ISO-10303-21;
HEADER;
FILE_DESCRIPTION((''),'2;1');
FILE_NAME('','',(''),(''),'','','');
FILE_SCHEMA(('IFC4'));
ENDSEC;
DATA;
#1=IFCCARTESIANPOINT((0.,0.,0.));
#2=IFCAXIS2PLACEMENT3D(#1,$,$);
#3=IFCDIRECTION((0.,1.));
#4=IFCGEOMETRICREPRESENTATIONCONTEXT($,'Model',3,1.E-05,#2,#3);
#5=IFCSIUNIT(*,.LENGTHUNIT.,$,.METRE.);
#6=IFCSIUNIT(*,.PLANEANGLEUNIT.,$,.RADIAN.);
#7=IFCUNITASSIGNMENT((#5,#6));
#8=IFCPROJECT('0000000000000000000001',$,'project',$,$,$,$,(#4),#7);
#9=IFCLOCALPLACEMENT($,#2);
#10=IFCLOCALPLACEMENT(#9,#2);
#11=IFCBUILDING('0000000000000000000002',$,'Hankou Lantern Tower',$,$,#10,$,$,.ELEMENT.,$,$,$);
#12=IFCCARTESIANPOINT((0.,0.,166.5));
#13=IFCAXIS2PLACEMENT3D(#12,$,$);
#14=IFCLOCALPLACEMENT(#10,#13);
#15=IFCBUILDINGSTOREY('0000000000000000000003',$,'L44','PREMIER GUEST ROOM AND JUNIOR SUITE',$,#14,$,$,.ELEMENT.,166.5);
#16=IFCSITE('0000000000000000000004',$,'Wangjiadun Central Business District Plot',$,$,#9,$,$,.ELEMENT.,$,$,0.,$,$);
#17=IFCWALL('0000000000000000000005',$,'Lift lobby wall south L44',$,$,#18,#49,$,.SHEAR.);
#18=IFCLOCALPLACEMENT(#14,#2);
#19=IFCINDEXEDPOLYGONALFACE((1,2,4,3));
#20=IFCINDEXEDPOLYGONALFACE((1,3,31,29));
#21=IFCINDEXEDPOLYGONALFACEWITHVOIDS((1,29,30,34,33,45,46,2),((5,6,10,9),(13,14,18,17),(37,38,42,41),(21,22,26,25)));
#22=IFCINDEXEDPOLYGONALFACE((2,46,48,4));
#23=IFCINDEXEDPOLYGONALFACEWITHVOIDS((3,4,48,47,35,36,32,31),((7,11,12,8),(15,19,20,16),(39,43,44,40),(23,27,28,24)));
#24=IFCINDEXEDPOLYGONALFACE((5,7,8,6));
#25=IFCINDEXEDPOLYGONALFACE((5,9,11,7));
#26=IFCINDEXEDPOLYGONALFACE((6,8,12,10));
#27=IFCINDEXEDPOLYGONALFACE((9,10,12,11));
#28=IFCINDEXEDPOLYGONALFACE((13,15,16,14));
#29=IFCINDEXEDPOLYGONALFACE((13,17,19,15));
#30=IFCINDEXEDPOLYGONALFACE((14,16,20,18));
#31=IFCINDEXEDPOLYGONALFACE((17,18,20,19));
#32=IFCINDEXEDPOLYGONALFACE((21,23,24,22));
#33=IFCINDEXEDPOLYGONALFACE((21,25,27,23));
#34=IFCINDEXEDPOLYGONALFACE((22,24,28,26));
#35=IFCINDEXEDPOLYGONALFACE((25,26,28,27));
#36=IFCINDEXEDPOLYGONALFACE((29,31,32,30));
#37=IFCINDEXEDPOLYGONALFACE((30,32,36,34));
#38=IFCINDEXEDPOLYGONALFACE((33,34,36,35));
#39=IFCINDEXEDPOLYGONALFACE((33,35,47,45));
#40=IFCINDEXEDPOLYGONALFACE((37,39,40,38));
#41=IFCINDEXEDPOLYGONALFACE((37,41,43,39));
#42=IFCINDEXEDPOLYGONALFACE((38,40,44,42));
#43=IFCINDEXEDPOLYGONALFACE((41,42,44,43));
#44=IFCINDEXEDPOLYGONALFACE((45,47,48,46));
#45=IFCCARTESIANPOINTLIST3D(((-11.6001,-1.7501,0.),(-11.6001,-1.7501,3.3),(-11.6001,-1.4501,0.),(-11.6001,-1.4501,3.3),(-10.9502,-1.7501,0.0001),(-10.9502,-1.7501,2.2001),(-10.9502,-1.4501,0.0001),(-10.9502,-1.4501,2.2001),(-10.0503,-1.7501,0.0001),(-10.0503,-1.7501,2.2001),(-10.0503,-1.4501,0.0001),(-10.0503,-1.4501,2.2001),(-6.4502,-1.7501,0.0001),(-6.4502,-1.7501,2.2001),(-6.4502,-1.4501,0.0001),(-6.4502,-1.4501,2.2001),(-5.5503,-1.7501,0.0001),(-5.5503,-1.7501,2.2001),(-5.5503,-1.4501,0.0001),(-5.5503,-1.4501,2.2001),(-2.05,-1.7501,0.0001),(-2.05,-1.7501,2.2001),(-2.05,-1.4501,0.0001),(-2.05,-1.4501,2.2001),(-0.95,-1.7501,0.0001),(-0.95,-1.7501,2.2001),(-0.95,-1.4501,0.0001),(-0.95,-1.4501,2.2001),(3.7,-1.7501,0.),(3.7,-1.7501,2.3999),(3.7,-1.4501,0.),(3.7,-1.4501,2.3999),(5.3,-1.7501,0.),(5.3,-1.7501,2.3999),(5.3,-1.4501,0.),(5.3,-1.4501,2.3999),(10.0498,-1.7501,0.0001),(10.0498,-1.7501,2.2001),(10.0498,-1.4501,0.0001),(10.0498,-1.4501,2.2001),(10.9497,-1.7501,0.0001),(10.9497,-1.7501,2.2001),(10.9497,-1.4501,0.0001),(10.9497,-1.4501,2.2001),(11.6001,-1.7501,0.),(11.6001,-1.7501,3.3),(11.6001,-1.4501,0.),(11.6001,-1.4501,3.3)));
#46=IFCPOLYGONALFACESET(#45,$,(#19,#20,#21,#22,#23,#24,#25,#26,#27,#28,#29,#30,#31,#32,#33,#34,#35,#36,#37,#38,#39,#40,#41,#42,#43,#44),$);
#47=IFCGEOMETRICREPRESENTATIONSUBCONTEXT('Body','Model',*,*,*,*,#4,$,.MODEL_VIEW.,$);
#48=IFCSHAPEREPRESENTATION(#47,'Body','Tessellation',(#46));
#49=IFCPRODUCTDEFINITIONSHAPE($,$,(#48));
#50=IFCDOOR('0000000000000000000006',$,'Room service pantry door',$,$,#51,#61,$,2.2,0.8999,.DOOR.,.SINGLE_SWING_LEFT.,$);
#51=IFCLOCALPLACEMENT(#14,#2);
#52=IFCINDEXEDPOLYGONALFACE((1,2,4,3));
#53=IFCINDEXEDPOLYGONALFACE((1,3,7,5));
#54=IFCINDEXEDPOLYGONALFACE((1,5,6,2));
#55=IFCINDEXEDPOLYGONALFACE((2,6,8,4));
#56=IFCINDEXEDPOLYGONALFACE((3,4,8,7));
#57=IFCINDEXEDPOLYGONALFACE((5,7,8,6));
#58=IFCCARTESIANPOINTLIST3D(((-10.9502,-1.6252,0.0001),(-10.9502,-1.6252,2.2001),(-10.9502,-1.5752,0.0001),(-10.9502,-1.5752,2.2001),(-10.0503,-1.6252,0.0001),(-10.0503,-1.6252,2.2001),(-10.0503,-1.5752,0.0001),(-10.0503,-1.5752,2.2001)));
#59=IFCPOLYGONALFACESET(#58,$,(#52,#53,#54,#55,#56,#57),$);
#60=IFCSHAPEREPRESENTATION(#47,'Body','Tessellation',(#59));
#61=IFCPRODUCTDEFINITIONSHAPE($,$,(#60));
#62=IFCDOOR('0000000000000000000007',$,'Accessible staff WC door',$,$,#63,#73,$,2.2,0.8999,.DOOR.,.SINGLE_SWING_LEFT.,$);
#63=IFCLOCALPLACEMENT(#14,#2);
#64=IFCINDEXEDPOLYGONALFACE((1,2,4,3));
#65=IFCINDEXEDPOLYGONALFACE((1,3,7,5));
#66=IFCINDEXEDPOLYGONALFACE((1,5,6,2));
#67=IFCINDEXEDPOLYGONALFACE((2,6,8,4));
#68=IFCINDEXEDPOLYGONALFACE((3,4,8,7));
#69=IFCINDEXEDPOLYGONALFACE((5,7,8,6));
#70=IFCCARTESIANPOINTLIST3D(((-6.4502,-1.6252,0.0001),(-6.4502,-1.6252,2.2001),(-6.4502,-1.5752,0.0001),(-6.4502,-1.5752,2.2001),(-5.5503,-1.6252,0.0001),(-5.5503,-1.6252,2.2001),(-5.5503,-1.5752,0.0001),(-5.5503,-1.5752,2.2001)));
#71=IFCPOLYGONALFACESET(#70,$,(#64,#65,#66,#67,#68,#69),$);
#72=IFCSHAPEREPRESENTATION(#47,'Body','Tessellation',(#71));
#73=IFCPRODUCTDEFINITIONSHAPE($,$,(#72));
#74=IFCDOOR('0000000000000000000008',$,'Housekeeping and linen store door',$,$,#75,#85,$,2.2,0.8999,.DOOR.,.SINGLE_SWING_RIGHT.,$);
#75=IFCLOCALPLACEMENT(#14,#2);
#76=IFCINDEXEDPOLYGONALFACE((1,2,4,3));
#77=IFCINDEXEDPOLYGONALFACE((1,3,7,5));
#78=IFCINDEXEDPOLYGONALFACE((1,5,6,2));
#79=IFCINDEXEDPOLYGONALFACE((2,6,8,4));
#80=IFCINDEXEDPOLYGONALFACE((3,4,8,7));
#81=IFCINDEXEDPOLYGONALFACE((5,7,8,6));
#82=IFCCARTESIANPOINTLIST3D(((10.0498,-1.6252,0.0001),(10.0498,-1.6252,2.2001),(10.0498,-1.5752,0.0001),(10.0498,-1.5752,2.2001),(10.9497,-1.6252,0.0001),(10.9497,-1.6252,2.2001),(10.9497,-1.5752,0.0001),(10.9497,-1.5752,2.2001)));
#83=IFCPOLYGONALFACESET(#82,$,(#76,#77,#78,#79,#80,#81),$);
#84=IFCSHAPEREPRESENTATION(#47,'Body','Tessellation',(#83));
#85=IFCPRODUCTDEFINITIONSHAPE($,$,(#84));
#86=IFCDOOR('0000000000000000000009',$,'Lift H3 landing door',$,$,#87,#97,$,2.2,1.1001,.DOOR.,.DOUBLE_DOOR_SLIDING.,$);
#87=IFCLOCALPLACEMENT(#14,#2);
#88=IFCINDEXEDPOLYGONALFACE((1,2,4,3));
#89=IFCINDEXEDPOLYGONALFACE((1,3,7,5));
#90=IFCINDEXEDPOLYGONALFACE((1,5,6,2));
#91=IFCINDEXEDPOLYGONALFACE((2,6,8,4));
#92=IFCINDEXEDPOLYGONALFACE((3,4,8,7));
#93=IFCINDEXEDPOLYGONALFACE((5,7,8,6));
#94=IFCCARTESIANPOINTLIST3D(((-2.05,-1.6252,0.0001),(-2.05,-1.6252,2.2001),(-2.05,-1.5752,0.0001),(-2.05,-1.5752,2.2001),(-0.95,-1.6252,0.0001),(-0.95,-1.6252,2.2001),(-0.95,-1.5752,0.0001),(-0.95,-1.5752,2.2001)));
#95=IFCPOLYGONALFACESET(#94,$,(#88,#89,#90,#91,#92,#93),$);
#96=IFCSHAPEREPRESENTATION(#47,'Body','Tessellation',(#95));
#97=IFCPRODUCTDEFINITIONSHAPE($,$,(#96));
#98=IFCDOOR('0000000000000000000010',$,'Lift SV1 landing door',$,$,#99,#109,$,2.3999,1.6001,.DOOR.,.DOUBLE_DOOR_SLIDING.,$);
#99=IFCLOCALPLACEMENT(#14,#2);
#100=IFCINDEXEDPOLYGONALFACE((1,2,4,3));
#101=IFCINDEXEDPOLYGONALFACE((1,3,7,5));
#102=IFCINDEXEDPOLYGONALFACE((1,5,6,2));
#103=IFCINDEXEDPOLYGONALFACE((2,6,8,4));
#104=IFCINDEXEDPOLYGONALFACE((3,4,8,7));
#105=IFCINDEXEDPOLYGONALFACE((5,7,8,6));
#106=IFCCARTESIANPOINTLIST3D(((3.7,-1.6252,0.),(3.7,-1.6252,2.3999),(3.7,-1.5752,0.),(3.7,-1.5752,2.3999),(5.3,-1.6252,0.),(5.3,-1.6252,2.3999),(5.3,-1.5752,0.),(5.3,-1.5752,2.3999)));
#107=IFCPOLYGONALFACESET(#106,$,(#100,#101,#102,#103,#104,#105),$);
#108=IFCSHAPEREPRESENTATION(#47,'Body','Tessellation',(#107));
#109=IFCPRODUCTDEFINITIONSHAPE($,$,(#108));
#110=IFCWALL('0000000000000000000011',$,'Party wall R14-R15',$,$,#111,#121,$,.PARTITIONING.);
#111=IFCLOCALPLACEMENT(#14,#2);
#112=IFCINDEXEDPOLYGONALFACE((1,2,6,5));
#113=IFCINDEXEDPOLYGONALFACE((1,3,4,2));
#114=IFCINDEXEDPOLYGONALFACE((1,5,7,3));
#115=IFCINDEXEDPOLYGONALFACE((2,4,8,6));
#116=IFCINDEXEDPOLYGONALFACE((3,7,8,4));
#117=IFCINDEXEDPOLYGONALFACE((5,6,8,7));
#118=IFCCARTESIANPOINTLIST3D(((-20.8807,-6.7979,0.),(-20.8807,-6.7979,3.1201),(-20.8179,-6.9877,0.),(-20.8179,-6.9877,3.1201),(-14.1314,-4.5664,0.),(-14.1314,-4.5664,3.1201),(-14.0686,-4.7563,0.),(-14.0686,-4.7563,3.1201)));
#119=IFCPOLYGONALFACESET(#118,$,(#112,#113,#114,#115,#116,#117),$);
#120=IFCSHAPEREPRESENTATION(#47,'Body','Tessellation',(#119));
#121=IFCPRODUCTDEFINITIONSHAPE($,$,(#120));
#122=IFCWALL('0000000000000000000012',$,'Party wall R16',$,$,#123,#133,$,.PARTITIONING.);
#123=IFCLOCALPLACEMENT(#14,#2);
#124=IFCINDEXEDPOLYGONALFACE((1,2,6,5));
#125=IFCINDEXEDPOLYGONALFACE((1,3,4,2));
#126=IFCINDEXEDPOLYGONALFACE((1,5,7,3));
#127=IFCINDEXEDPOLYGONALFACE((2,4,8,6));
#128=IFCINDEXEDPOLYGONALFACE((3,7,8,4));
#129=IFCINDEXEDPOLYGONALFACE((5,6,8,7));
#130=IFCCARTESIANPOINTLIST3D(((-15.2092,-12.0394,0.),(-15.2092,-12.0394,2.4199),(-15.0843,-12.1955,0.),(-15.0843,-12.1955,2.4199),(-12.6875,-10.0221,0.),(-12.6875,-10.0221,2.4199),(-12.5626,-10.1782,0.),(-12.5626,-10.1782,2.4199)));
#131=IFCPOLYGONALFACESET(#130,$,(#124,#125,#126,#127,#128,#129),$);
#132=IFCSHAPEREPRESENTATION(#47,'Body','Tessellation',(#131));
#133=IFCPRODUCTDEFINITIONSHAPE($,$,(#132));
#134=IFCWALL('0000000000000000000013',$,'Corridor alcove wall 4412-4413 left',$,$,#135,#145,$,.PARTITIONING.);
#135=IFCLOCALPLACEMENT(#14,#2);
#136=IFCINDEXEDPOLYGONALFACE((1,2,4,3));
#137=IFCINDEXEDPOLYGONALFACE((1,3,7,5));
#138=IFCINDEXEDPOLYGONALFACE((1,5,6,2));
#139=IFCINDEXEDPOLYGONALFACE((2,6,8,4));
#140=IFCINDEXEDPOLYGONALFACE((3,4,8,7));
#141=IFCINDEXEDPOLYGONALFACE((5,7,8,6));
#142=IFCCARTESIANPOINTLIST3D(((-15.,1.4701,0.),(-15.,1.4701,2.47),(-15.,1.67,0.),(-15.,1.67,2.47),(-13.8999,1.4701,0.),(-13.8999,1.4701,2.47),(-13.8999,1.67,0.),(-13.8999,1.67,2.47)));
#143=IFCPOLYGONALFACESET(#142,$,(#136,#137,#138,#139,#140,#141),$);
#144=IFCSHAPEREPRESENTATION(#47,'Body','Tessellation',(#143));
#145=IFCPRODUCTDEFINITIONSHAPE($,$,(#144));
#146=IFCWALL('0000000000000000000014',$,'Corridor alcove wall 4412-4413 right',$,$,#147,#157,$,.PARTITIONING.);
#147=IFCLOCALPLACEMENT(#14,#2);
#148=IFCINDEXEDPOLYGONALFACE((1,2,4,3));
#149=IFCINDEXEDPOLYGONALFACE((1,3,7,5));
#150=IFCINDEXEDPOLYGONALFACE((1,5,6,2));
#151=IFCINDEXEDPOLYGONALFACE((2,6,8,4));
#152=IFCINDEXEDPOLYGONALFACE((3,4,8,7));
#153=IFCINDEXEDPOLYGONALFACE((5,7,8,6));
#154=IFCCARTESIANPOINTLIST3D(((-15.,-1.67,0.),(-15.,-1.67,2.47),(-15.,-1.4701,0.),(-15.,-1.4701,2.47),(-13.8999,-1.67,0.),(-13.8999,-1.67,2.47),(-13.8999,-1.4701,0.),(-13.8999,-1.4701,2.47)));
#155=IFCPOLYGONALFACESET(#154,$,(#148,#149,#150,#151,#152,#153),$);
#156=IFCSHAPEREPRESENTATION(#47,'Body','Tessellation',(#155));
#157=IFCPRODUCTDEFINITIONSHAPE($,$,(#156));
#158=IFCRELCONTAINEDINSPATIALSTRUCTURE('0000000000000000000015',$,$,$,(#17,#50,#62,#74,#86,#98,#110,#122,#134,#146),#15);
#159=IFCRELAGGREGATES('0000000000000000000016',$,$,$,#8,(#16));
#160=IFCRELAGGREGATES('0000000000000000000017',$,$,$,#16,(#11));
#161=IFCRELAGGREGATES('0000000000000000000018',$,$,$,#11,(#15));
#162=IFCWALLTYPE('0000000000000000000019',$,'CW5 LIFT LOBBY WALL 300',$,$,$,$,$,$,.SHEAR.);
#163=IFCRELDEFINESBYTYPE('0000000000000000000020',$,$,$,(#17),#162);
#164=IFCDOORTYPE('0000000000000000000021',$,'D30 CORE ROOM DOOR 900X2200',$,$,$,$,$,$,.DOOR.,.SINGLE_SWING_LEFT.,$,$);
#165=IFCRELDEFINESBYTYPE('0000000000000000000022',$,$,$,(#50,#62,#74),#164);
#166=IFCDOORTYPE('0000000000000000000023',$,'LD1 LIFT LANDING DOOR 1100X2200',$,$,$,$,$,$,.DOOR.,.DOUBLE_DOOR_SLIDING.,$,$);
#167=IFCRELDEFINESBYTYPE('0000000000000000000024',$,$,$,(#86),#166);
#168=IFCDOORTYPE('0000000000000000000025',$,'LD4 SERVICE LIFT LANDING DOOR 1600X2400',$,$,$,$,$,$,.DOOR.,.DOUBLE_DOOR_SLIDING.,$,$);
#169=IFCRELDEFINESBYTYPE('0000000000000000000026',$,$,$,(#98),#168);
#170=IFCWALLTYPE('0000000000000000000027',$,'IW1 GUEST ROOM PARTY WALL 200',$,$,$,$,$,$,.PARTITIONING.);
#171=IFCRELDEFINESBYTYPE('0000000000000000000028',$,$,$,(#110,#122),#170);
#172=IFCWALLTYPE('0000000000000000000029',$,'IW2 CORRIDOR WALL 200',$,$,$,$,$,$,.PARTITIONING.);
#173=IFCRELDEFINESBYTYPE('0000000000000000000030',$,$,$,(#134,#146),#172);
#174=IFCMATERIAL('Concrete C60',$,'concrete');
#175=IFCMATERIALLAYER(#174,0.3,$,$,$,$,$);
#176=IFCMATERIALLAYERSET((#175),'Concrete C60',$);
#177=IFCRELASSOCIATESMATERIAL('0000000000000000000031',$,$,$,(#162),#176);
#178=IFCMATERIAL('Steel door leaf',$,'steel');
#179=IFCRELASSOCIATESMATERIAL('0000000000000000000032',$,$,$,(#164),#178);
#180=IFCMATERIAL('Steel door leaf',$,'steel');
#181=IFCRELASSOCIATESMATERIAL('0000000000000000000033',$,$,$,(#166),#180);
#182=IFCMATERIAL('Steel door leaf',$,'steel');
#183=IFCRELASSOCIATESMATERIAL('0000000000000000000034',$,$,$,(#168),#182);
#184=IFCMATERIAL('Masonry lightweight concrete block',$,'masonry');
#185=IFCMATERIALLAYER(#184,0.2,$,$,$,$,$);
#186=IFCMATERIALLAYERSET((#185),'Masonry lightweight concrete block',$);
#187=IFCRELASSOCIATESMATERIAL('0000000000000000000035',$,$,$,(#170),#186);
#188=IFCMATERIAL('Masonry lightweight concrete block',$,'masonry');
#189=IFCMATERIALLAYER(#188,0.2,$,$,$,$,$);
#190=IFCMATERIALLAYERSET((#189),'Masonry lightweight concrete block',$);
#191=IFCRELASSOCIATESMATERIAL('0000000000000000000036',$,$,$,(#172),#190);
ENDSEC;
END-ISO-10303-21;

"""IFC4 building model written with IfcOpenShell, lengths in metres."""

from ifc_helpers import new_model, si_unit, direction, frame, frame_2d, origin, place, context, subcontext, project, spatial, rectangle, extrude, material, layer, layer_set, type_object, element, fill, save


model = new_model("IFC4")

# Units and contexts
model_context = context("Model", 3, precision=1e-05, world=origin(), true_north=direction((0.0, 1.0)))
body_context = subcontext(model_context, "Body", "Model", "MODEL_VIEW")
ifc_project = project(units=[si_unit("LENGTHUNIT", "METRE"), si_unit("PLANEANGLEUNIT", "RADIAN")], contexts=[model_context])

# Site, building, storey
site_placement = place(None, origin())
site = spatial("IfcSite", under=ifc_project, at=site_placement, Name="Wangjiadun Central Business District Plot", CompositionType="ELEMENT", RefElevation=0.0)
building_placement = place(site_placement, origin())
building = spatial("IfcBuilding", under=site, at=building_placement, Name="Hankou Lantern Tower", CompositionType="ELEMENT")
storey_placement = place(building_placement, frame((0.0, 0.0, 166.5)))
storey = spatial("IfcBuildingStorey", under=building, at=storey_placement, Name="L44", Description="PREMIER GUEST ROOM AND JUNIOR SUITE", CompositionType="ELEMENT", Elevation=166.5)

# Wall, openings, doors
ifc_material_1 = material(Name="Concrete C60", Category="concrete")
ifc_layer_1 = layer(ifc_material_1, 0.3)
ifc_layer_set_1 = layer_set([ifc_layer_1], Name="Concrete C60")
wall_type_1 = type_object("IfcWallType", Name="CW5 LIFT LOBBY WALL 300", PredefinedType="SHEAR", material=ifc_layer_set_1)
ifc_material_2 = material(Name="Steel door leaf", Category="steel")
door_type_1 = type_object("IfcDoorType", Name="D30 CORE ROOM DOOR 900X2200", OperationType="SINGLE_SWING_LEFT", PredefinedType="DOOR", material=ifc_material_2)
ifc_material_3 = material(Name="Steel door leaf", Category="steel")
door_type_2 = type_object("IfcDoorType", Name="LD1 LIFT LANDING DOOR 1100X2200", OperationType="DOUBLE_DOOR_SLIDING", PredefinedType="DOOR", material=ifc_material_3)
wall_1_placement = place(storey_placement, frame((-11.6001, -1.6001, 0.0), z_axis=(0.0, 0.0, 1.0), x_axis=(1.0, 0.0, 0.0)))
wall_1 = element("IfcWall", 1, at=wall_1_placement, inside=storey, type_object=wall_type_1, Name="Lift lobby wall south L44", PredefinedType="SHEAR", context=body_context, shape_type="SweptSolid", body=[
    extrude(rectangle(XDim=23.2002, YDim=0.3, at=frame_2d((11.6001, 0.0))), origin(), (0.0, 0.0, 1.0), 3.3),
])
opening_1_placement = place(wall_1_placement, frame((9.55, 0.0, 0.0)))
opening_1 = element("IfcOpeningElement", 2, at=opening_1_placement, cuts=wall_1, PredefinedType="OPENING", context=body_context, shape_type="SweptSolid", body=[
    extrude(rectangle(XDim=1.1001, YDim=2.2, at=frame_2d((0.55, 1.1001))), frame((0.0, 0.1599, 0.0), z_axis=(0.0, -1.0, 0.0), x_axis=(1.0, 0.0, 0.0)), (0.0, 0.0, 1.0), 0.3201),
])
opening_2_placement = place(wall_1_placement, frame((15.3, 0.0, 0.0)))
opening_2 = element("IfcOpeningElement", 3, at=opening_2_placement, cuts=wall_1, PredefinedType="OPENING", context=body_context, shape_type="SweptSolid", body=[
    extrude(rectangle(XDim=1.6001, YDim=2.3999, at=frame_2d((0.8, 1.2))), frame((0.0, 0.1599, 0.0), z_axis=(0.0, -1.0, 0.0), x_axis=(1.0, 0.0, 0.0)), (0.0, 0.0, 1.0), 0.3201),
])
opening_3_placement = place(wall_1_placement, frame((0.6499, 0.0, 0.0)))
opening_3 = element("IfcOpeningElement", 4, at=opening_3_placement, cuts=wall_1, PredefinedType="OPENING", context=body_context, shape_type="SweptSolid", body=[
    extrude(rectangle(XDim=0.8999, YDim=2.2, at=frame_2d((0.45, 1.1001))), frame((0.0, 0.1599, 0.0), z_axis=(0.0, -1.0, 0.0), x_axis=(1.0, 0.0, 0.0)), (0.0, 0.0, 1.0), 0.3201),
])
opening_4_placement = place(wall_1_placement, frame((5.1499, 0.0, 0.0)))
opening_4 = element("IfcOpeningElement", 5, at=opening_4_placement, cuts=wall_1, PredefinedType="OPENING", context=body_context, shape_type="SweptSolid", body=[
    extrude(rectangle(XDim=0.8999, YDim=2.2, at=frame_2d((0.45, 1.1001))), frame((0.0, 0.1599, 0.0), z_axis=(0.0, -1.0, 0.0), x_axis=(1.0, 0.0, 0.0)), (0.0, 0.0, 1.0), 0.3201),
])
opening_5_placement = place(wall_1_placement, frame((21.6499, 0.0, 0.0)))
opening_5 = element("IfcOpeningElement", 6, at=opening_5_placement, cuts=wall_1, PredefinedType="OPENING", context=body_context, shape_type="SweptSolid", body=[
    extrude(rectangle(XDim=0.8999, YDim=2.2, at=frame_2d((0.45, 1.1001))), frame((0.0, 0.1599, 0.0), z_axis=(0.0, -1.0, 0.0), x_axis=(1.0, 0.0, 0.0)), (0.0, 0.0, 1.0), 0.3201),
])
door_1_placement = place(opening_3_placement, origin())
door_1 = element("IfcDoor", 7, at=door_1_placement, inside=storey, type_object=door_type_1, Name="Room service pantry door", OperationType="SINGLE_SWING_LEFT", OverallHeight=2.2, OverallWidth=0.8999, PredefinedType="DOOR", context=body_context, shape_type="SweptSolid", body=[
    extrude(rectangle(XDim=0.8999, YDim=2.2, at=frame_2d((0.45, 1.1001))), frame((0.0, 0.0249, 0.0), z_axis=(0.0, -1.0, 0.0), x_axis=(1.0, 0.0, 0.0)), (0.0, 0.0, 1.0), 0.05),
])
fill(opening_3, door_1)
door_2_placement = place(opening_4_placement, origin())
door_2 = element("IfcDoor", 8, at=door_2_placement, inside=storey, type_object=door_type_1, Name="Accessible staff WC door", OperationType="SINGLE_SWING_LEFT", OverallHeight=2.2, OverallWidth=0.8999, PredefinedType="DOOR", context=body_context, shape_type="SweptSolid", body=[
    extrude(rectangle(XDim=0.8999, YDim=2.2, at=frame_2d((0.45, 1.1001))), frame((0.0, 0.0249, 0.0), z_axis=(0.0, -1.0, 0.0), x_axis=(1.0, 0.0, 0.0)), (0.0, 0.0, 1.0), 0.05),
])
fill(opening_4, door_2)
door_3_placement = place(opening_5_placement, origin())
door_3 = element("IfcDoor", 9, at=door_3_placement, inside=storey, type_object=door_type_1, Name="Housekeeping and linen store door", OperationType="SINGLE_SWING_RIGHT", OverallHeight=2.2, OverallWidth=0.8999, PredefinedType="DOOR", context=body_context, shape_type="SweptSolid", body=[
    extrude(rectangle(XDim=0.8999, YDim=2.2, at=frame_2d((0.45, 1.1001))), frame((0.0, 0.0249, 0.0), z_axis=(0.0, -1.0, 0.0), x_axis=(1.0, 0.0, 0.0)), (0.0, 0.0, 1.0), 0.05),
])
fill(opening_5, door_3)
door_4_placement = place(opening_1_placement, origin())
door_4 = element("IfcDoor", 10, at=door_4_placement, inside=storey, type_object=door_type_2, Name="Lift H3 landing door", OperationType="DOUBLE_DOOR_SLIDING", OverallHeight=2.2, OverallWidth=1.1001, PredefinedType="DOOR", context=body_context, shape_type="SweptSolid", body=[
    extrude(rectangle(XDim=1.1001, YDim=2.2, at=frame_2d((0.55, 1.1001))), frame((0.0, 0.0249, 0.0), z_axis=(0.0, -1.0, 0.0), x_axis=(1.0, 0.0, 0.0)), (0.0, 0.0, 1.0), 0.05),
])
fill(opening_1, door_4)
ifc_material_4 = material(Name="Steel door leaf", Category="steel")
door_type_3 = type_object("IfcDoorType", Name="LD4 SERVICE LIFT LANDING DOOR 1600X2400", OperationType="DOUBLE_DOOR_SLIDING", PredefinedType="DOOR", material=ifc_material_4)
door_5_placement = place(opening_2_placement, origin())
door_5 = element("IfcDoor", 11, at=door_5_placement, inside=storey, type_object=door_type_3, Name="Lift SV1 landing door", OperationType="DOUBLE_DOOR_SLIDING", OverallHeight=2.3999, OverallWidth=1.6001, PredefinedType="DOOR", context=body_context, shape_type="SweptSolid", body=[
    extrude(rectangle(XDim=1.6001, YDim=2.3999, at=frame_2d((0.8, 1.2))), frame((0.0, 0.0249, 0.0), z_axis=(0.0, -1.0, 0.0), x_axis=(1.0, 0.0, 0.0)), (0.0, 0.0, 1.0), 0.05),
])
fill(opening_2, door_5)

# Walls
ifc_material_5 = material(Name="Masonry lightweight concrete block", Category="masonry")
ifc_layer_2 = layer(ifc_material_5, 0.2)
ifc_layer_set_2 = layer_set([ifc_layer_2], Name="Masonry lightweight concrete block")
wall_type_2 = type_object("IfcWallType", Name="IW1 GUEST ROOM PARTY WALL 200", PredefinedType="PARTITIONING", material=ifc_layer_set_2)
wall_2_placement = place(storey_placement, frame((-14.1001, -4.6614, 0.0), z_axis=(0.0, 0.0, 1.0), x_axis=(-0.949453, -0.313909, 0.0)))
element("IfcWall", 12, at=wall_2_placement, inside=storey, type_object=wall_type_2, Name="Party wall R14-R15", PredefinedType="PARTITIONING", context=body_context, shape_type="SweptSolid", body=[
    extrude(rectangle(XDim=7.1086, YDim=0.2, at=frame_2d((3.5542, 0.0))), origin(), (0.0, 0.0, 1.0), 3.1201),
])
wall_3_placement = place(storey_placement, frame((-12.625, -10.1001, 0.0), z_axis=(0.0, 0.0, 1.0), x_axis=(-0.780876, -0.624686, 0.0)))
element("IfcWall", 13, at=wall_3_placement, inside=storey, type_object=wall_type_2, Name="Party wall R16", PredefinedType="PARTITIONING", context=body_context, shape_type="SweptSolid", body=[
    extrude(rectangle(XDim=3.2292, YDim=0.2, at=frame_2d((1.6147, 0.0))), origin(), (0.0, 0.0, 1.0), 2.4199),
])
ifc_material_6 = material(Name="Masonry lightweight concrete block", Category="masonry")
ifc_layer_3 = layer(ifc_material_6, 0.2)
ifc_layer_set_3 = layer_set([ifc_layer_3], Name="Masonry lightweight concrete block")
wall_type_3 = type_object("IfcWallType", Name="IW2 CORRIDOR WALL 200", PredefinedType="PARTITIONING", material=ifc_layer_set_3)
for number, where, z_axis, x_axis, name in (
    (14, (-13.8999, 1.5701, 0.0), (0.0, 0.0, 1.0), (-1.0, 0.0, 0.0), "Corridor alcove wall 4412-4413 left"),
    (15, (-13.8999, -1.5701, 0.0), (0.0, 0.0, 1.0), (-1.0, 0.0, 0.0), "Corridor alcove wall 4412-4413 right"),
):
    element("IfcWall", number, at=place(storey_placement, frame(where, z_axis=z_axis, x_axis=x_axis)), inside=storey, type_object=wall_type_3, Name=name, PredefinedType="PARTITIONING", context=body_context, shape_type="SweptSolid", body=[
        extrude(rectangle(XDim=1.1001, YDim=0.2, at=frame_2d((0.55, 0.0))), origin(), (0.0, 0.0, 1.0), 2.47),
    ])

save(model, "model.ifc")
